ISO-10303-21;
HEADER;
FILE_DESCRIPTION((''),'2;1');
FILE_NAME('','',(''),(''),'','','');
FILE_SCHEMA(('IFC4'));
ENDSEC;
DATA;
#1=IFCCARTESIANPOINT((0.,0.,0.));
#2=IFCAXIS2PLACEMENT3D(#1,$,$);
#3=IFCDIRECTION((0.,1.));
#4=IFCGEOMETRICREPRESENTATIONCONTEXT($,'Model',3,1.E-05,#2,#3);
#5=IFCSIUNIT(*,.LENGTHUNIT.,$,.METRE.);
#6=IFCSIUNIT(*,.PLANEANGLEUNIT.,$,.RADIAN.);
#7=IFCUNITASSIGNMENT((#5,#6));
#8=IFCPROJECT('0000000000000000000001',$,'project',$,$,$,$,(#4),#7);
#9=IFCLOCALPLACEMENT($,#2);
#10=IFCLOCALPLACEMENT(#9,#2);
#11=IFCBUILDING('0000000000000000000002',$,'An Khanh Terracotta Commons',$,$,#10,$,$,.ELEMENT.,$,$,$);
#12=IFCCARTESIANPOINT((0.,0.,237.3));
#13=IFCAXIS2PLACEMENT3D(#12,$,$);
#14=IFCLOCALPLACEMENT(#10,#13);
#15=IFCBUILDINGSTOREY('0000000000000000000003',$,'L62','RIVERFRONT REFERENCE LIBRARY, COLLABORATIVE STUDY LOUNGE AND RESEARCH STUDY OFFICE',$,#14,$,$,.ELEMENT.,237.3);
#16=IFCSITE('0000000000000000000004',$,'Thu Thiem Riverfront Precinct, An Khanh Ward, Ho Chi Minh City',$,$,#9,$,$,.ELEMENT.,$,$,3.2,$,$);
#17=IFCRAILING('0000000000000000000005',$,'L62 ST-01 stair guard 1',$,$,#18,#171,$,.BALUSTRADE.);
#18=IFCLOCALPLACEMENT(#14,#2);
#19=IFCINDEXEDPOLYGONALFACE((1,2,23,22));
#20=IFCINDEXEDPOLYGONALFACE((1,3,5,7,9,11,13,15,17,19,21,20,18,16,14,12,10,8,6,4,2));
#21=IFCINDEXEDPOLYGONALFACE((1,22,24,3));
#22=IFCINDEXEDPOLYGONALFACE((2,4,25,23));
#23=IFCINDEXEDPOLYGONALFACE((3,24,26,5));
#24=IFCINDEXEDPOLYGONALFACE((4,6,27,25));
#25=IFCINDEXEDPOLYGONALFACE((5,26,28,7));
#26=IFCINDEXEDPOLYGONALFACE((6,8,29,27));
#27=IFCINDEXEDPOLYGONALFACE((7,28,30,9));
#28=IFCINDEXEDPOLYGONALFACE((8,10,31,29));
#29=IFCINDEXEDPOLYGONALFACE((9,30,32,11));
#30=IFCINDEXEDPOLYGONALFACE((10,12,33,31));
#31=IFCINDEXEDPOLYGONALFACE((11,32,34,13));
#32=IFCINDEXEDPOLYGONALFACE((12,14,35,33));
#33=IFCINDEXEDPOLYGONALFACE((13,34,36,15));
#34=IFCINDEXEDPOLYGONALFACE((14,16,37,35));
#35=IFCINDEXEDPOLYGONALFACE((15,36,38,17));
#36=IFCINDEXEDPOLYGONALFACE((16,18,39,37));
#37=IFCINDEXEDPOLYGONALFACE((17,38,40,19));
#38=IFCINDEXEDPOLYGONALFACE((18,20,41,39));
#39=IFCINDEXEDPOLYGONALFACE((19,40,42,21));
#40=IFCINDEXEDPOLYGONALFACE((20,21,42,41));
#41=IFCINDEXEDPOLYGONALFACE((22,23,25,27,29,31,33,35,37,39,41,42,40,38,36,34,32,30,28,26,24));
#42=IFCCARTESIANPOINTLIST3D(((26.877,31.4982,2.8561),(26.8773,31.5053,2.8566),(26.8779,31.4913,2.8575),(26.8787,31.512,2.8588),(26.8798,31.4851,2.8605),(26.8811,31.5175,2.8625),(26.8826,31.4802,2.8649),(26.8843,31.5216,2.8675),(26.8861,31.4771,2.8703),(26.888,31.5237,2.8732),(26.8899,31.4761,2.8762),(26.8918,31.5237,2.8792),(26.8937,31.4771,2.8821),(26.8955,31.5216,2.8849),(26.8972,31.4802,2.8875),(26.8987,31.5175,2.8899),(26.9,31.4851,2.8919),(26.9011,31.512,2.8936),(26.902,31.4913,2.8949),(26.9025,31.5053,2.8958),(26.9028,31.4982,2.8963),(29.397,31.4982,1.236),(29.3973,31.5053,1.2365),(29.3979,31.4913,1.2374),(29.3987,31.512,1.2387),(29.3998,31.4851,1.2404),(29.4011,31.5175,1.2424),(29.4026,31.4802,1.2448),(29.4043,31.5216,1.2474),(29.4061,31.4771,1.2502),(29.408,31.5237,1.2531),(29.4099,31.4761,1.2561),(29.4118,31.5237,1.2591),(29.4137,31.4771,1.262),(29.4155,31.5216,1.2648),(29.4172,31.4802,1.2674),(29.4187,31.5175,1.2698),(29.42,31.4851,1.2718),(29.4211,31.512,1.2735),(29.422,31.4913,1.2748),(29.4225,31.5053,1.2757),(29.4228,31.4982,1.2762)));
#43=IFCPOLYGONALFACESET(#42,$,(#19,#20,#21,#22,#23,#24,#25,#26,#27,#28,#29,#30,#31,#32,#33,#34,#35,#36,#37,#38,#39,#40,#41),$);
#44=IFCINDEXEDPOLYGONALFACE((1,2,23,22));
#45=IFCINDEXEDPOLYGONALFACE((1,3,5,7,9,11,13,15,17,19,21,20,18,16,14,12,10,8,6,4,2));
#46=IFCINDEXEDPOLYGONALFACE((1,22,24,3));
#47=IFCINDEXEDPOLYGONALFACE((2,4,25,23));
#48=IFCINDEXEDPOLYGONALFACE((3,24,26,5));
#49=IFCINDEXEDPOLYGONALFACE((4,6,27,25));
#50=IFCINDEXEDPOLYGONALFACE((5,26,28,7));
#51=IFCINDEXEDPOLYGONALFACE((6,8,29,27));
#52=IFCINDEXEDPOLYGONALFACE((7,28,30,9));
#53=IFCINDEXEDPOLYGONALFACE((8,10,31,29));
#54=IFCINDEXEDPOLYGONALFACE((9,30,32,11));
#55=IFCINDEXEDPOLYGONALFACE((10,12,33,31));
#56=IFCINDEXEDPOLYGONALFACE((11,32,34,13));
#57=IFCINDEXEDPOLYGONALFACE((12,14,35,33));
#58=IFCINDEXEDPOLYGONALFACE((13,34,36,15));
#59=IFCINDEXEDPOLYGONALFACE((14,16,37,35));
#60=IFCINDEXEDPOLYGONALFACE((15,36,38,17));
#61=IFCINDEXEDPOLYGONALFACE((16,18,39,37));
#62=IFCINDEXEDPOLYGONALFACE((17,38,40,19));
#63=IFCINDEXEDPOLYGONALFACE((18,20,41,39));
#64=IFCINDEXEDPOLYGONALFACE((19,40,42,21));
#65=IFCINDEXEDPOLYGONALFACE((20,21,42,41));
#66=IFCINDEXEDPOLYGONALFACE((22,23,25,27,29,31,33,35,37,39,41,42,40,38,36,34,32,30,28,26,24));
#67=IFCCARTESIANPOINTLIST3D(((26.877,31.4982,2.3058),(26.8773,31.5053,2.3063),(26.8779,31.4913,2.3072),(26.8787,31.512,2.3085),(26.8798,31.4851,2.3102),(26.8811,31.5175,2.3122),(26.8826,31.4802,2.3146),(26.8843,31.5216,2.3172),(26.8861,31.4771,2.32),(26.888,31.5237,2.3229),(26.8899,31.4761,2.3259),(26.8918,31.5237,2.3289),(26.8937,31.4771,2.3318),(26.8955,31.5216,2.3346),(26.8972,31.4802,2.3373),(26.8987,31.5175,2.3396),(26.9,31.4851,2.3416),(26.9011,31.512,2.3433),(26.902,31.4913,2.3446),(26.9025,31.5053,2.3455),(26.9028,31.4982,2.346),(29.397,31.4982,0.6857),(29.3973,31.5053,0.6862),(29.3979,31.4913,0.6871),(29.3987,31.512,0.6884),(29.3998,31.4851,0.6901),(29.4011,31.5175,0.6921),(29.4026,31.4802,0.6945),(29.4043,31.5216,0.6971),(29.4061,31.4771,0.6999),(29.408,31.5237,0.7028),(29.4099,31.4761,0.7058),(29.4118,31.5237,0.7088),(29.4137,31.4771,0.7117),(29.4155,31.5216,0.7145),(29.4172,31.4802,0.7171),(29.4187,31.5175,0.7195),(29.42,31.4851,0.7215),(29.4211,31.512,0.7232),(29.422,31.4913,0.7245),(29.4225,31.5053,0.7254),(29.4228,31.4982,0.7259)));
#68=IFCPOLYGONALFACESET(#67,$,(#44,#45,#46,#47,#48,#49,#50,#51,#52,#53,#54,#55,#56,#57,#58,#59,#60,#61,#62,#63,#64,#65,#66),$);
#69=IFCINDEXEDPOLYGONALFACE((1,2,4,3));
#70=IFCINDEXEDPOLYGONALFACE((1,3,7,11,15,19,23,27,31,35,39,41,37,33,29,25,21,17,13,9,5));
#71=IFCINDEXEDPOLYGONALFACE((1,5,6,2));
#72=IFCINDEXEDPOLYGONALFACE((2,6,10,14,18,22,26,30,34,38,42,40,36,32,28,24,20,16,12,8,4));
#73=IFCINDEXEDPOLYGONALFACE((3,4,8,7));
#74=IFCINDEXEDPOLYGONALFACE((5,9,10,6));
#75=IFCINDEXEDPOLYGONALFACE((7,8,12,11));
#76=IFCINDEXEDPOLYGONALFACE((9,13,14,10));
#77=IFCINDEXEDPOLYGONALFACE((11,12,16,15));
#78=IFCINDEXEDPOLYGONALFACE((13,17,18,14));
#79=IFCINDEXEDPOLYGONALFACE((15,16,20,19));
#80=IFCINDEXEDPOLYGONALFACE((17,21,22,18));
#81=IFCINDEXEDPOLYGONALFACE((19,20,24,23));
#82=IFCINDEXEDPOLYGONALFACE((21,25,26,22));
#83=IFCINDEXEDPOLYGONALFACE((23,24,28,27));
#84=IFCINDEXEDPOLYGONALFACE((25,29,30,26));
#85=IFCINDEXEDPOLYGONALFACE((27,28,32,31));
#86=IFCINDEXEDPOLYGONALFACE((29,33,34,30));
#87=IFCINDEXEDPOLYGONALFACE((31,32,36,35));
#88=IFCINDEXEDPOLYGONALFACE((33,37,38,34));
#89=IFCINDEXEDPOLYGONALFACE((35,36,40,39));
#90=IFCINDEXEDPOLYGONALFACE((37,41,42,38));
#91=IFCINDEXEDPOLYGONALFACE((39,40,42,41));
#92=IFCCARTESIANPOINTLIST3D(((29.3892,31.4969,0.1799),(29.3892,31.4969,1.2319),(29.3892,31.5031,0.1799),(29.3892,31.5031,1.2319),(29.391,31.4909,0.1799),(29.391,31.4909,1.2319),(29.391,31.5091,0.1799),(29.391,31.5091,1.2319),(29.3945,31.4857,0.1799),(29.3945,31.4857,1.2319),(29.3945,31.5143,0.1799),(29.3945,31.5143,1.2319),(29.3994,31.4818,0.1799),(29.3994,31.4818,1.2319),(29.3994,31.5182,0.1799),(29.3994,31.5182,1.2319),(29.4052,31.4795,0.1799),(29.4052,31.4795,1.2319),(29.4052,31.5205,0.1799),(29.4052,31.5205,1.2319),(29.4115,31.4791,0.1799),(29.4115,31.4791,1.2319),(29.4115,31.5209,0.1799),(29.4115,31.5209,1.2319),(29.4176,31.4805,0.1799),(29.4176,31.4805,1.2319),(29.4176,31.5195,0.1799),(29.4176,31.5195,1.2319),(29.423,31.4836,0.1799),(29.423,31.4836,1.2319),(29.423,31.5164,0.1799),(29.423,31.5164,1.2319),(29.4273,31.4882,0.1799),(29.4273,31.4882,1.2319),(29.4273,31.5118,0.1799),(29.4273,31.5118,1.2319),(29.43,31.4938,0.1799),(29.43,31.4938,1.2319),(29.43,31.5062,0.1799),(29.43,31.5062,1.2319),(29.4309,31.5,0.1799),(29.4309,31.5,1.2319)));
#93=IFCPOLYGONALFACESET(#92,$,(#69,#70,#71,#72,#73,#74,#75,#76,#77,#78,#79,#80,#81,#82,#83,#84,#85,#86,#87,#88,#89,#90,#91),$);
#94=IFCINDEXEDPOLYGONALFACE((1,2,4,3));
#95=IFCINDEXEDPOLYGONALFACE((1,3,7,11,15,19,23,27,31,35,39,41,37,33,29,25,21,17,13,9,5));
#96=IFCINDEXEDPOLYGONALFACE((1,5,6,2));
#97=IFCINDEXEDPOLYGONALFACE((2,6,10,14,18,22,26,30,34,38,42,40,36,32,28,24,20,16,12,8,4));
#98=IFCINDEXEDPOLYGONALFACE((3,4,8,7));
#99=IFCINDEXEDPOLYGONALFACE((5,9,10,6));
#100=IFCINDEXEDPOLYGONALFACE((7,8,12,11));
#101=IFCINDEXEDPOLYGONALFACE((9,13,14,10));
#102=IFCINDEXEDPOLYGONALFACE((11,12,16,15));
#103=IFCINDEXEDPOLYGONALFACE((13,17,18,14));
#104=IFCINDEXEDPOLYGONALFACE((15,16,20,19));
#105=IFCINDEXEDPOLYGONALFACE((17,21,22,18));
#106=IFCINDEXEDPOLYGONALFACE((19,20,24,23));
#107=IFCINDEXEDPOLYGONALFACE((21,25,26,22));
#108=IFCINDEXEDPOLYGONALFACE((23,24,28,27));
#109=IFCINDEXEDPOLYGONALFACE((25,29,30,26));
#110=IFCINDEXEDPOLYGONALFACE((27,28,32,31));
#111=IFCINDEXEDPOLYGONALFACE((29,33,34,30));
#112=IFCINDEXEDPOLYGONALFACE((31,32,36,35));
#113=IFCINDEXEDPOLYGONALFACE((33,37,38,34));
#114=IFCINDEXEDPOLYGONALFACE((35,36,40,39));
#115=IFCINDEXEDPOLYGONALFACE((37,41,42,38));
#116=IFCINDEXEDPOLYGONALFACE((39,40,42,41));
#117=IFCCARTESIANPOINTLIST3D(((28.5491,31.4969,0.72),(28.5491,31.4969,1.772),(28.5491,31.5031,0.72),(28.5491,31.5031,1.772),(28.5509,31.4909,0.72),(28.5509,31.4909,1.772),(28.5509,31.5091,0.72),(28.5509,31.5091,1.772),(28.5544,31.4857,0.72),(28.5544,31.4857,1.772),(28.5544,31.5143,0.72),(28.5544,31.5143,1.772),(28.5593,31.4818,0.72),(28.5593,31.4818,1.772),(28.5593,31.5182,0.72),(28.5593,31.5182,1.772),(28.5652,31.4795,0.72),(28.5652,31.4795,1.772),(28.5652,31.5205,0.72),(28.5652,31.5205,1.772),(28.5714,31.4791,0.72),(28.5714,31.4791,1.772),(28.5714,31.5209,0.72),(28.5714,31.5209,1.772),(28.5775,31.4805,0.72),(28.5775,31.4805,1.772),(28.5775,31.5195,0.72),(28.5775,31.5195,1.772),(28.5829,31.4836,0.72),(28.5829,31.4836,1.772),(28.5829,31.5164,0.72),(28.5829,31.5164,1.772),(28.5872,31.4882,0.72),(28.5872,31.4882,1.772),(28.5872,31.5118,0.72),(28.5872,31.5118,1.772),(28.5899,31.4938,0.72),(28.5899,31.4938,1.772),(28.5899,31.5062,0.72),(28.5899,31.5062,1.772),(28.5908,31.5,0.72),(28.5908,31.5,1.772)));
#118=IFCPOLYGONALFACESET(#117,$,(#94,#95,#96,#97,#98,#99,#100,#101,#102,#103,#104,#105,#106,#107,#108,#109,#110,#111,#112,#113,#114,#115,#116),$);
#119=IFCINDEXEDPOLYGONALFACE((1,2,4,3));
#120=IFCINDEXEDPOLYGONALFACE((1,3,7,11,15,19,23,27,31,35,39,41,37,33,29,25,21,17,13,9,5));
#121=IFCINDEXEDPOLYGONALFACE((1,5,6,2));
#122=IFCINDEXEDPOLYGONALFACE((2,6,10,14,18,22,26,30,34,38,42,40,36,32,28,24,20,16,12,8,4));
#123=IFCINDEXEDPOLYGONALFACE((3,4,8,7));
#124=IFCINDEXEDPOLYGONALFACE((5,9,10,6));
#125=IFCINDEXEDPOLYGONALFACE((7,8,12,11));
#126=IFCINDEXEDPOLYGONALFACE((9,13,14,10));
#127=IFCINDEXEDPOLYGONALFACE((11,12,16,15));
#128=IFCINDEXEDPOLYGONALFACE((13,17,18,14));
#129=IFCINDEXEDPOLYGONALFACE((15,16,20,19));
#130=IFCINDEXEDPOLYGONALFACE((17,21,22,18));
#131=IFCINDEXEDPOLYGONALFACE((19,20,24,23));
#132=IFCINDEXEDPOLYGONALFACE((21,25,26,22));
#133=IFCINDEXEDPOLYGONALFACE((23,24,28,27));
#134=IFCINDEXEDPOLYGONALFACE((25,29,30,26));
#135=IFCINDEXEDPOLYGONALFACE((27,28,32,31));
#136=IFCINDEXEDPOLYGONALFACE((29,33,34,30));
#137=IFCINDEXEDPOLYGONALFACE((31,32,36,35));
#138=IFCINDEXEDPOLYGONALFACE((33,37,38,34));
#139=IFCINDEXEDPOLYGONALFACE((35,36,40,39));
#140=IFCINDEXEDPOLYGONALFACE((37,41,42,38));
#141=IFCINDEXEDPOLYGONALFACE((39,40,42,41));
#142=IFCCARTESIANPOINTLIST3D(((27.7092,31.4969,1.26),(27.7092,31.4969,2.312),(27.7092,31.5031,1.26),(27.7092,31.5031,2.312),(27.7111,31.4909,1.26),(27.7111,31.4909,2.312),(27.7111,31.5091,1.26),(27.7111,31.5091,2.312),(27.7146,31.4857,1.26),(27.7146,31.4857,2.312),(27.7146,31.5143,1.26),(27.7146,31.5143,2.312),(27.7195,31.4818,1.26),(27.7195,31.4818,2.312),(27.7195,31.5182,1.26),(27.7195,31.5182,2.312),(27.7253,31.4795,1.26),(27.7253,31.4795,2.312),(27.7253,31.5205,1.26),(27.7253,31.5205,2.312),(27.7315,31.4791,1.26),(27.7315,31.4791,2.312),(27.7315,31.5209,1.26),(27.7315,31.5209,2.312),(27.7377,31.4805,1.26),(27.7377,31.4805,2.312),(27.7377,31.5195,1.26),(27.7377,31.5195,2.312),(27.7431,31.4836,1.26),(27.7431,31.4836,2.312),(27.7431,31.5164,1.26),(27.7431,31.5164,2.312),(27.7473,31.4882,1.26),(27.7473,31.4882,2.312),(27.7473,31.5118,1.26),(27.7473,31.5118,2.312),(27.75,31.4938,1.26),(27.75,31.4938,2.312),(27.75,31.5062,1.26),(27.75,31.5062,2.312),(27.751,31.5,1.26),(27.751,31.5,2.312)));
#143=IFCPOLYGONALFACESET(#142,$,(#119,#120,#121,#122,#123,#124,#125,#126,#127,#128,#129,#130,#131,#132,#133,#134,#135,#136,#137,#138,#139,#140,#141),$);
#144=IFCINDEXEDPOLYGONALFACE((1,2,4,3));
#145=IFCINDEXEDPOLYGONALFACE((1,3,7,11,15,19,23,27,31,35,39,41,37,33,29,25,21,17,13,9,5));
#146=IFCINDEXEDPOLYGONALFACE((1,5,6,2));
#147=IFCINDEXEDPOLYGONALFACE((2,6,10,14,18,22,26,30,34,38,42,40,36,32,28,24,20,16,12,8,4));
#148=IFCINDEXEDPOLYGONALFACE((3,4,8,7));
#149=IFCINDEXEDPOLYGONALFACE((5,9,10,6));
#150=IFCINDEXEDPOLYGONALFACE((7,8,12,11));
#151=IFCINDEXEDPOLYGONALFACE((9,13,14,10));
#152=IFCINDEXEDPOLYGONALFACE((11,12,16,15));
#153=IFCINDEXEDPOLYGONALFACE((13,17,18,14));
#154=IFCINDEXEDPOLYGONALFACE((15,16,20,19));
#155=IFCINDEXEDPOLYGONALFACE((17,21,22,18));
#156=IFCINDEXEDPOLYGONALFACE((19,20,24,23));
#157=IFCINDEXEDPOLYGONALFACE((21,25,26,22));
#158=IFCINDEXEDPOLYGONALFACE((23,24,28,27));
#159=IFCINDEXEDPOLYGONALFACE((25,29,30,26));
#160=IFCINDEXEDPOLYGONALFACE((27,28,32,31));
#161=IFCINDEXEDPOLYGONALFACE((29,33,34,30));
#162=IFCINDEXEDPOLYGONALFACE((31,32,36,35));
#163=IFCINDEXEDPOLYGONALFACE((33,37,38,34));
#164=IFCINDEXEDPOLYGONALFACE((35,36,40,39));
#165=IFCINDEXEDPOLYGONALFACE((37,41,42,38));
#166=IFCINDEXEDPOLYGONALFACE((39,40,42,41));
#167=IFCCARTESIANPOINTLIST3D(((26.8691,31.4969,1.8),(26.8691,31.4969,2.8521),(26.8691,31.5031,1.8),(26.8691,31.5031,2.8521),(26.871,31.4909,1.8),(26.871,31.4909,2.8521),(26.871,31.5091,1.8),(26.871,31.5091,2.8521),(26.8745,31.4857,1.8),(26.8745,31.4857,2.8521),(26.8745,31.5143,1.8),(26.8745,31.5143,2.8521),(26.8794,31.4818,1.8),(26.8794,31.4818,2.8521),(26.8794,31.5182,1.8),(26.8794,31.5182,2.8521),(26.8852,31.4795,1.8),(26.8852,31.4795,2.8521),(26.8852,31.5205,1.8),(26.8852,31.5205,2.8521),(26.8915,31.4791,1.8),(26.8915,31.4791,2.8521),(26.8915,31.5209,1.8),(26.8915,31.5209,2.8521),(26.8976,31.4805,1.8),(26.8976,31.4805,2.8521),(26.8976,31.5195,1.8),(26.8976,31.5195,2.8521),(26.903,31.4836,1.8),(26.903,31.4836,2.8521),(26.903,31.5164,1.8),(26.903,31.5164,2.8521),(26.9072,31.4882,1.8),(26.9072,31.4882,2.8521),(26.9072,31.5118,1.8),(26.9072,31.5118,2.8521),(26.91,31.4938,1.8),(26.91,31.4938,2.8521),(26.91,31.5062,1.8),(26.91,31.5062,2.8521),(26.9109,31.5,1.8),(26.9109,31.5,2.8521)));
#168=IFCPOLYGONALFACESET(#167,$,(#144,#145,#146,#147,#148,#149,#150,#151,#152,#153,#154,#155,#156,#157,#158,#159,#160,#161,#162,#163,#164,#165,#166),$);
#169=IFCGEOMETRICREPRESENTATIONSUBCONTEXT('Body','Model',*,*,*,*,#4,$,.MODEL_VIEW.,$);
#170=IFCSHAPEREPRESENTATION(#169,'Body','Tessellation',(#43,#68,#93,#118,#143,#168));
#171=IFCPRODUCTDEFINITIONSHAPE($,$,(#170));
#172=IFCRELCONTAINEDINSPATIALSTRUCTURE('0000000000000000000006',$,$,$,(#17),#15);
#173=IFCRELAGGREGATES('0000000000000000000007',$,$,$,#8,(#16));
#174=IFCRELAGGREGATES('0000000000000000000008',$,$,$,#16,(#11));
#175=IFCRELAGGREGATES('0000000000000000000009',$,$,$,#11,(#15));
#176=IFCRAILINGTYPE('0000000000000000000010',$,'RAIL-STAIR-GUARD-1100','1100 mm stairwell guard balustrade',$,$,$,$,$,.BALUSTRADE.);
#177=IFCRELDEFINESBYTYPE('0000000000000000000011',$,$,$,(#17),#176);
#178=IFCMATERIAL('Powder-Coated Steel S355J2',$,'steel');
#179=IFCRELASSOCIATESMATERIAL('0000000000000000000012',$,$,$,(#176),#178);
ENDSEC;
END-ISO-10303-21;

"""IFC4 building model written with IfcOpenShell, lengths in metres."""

from ifc_helpers import new_model, si_unit, direction, frame, origin, origin_2d, place, context, subcontext, project, spatial, circle, extrude, material, type_object, element, save


model = new_model("IFC4")

# Units and contexts
model_context = context("Model", 3, precision=1e-05, world=origin(), true_north=direction((0.0, 1.0)))
body_context = subcontext(model_context, "Body", "Model", "MODEL_VIEW")
ifc_project = project(units=[si_unit("LENGTHUNIT", "METRE"), si_unit("PLANEANGLEUNIT", "RADIAN")], contexts=[model_context])

# Site, building, storey
site_placement = place(None, origin())
site = spatial("IfcSite", under=ifc_project, at=site_placement, Name="Thu Thiem Riverfront Precinct, An Khanh Ward, Ho Chi Minh City", CompositionType="ELEMENT", RefElevation=3.2)
building_placement = place(site_placement, origin())
building = spatial("IfcBuilding", under=site, at=building_placement, Name="An Khanh Terracotta Commons", CompositionType="ELEMENT")
storey_placement = place(building_placement, frame((0.0, 0.0, 237.3)))
storey = spatial("IfcBuildingStorey", under=building, at=storey_placement, Name="L62", Description="RIVERFRONT REFERENCE LIBRARY, COLLABORATIVE STUDY LOUNGE AND RESEARCH STUDY OFFICE", CompositionType="ELEMENT", Elevation=237.3)

# Railing
ifc_material_1 = material(Name="Powder-Coated Steel S355J2", Category="steel")
railing_type_1 = type_object("IfcRailingType", Name="RAIL-STAIR-GUARD-1100", Description="1100 mm stairwell guard balustrade", PredefinedType="BALUSTRADE", material=ifc_material_1)
railing_1_placement = place(storey_placement, frame((29.4099, 31.5, 0.1799)))
element("IfcRailing", 1, at=railing_1_placement, inside=storey, type_object=railing_type_1, Name="L62 ST-01 stair guard 1", PredefinedType="BALUSTRADE", context=body_context, shape_type="SweptSolid", body=[
    extrude(circle(Radius=0.0239, at=origin_2d()), frame((0.0, 0.0, 1.0762), z_axis=(-0.841163, 0.0, 0.540782), x_axis=(0.0, -1.0, 0.0)), (0.0, 0.0, 1.0), 2.9958),
    extrude(circle(Radius=0.0239, at=origin_2d()), frame((0.0, 0.0, 0.5259), z_axis=(-0.841163, 0.0, 0.540782), x_axis=(0.0, -1.0, 0.0)), (0.0, 0.0, 1.0), 2.9958),
    extrude(circle(Radius=0.021, at=origin_2d()), origin(), (0.0, 0.0, 1.0), 1.052),
    extrude(circle(Radius=0.021, at=origin_2d()), frame((-0.8401, 0.0, 0.54)), (0.0, 0.0, 1.0), 1.052),
    extrude(circle(Radius=0.021, at=origin_2d()), frame((-1.6799, 0.0, 1.0801)), (0.0, 0.0, 1.0), 1.052),
    extrude(circle(Radius=0.021, at=origin_2d()), frame((-2.52, 0.0, 1.6201)), (0.0, 0.0, 1.0), 1.052),
])

save(model, "model.ifc")
